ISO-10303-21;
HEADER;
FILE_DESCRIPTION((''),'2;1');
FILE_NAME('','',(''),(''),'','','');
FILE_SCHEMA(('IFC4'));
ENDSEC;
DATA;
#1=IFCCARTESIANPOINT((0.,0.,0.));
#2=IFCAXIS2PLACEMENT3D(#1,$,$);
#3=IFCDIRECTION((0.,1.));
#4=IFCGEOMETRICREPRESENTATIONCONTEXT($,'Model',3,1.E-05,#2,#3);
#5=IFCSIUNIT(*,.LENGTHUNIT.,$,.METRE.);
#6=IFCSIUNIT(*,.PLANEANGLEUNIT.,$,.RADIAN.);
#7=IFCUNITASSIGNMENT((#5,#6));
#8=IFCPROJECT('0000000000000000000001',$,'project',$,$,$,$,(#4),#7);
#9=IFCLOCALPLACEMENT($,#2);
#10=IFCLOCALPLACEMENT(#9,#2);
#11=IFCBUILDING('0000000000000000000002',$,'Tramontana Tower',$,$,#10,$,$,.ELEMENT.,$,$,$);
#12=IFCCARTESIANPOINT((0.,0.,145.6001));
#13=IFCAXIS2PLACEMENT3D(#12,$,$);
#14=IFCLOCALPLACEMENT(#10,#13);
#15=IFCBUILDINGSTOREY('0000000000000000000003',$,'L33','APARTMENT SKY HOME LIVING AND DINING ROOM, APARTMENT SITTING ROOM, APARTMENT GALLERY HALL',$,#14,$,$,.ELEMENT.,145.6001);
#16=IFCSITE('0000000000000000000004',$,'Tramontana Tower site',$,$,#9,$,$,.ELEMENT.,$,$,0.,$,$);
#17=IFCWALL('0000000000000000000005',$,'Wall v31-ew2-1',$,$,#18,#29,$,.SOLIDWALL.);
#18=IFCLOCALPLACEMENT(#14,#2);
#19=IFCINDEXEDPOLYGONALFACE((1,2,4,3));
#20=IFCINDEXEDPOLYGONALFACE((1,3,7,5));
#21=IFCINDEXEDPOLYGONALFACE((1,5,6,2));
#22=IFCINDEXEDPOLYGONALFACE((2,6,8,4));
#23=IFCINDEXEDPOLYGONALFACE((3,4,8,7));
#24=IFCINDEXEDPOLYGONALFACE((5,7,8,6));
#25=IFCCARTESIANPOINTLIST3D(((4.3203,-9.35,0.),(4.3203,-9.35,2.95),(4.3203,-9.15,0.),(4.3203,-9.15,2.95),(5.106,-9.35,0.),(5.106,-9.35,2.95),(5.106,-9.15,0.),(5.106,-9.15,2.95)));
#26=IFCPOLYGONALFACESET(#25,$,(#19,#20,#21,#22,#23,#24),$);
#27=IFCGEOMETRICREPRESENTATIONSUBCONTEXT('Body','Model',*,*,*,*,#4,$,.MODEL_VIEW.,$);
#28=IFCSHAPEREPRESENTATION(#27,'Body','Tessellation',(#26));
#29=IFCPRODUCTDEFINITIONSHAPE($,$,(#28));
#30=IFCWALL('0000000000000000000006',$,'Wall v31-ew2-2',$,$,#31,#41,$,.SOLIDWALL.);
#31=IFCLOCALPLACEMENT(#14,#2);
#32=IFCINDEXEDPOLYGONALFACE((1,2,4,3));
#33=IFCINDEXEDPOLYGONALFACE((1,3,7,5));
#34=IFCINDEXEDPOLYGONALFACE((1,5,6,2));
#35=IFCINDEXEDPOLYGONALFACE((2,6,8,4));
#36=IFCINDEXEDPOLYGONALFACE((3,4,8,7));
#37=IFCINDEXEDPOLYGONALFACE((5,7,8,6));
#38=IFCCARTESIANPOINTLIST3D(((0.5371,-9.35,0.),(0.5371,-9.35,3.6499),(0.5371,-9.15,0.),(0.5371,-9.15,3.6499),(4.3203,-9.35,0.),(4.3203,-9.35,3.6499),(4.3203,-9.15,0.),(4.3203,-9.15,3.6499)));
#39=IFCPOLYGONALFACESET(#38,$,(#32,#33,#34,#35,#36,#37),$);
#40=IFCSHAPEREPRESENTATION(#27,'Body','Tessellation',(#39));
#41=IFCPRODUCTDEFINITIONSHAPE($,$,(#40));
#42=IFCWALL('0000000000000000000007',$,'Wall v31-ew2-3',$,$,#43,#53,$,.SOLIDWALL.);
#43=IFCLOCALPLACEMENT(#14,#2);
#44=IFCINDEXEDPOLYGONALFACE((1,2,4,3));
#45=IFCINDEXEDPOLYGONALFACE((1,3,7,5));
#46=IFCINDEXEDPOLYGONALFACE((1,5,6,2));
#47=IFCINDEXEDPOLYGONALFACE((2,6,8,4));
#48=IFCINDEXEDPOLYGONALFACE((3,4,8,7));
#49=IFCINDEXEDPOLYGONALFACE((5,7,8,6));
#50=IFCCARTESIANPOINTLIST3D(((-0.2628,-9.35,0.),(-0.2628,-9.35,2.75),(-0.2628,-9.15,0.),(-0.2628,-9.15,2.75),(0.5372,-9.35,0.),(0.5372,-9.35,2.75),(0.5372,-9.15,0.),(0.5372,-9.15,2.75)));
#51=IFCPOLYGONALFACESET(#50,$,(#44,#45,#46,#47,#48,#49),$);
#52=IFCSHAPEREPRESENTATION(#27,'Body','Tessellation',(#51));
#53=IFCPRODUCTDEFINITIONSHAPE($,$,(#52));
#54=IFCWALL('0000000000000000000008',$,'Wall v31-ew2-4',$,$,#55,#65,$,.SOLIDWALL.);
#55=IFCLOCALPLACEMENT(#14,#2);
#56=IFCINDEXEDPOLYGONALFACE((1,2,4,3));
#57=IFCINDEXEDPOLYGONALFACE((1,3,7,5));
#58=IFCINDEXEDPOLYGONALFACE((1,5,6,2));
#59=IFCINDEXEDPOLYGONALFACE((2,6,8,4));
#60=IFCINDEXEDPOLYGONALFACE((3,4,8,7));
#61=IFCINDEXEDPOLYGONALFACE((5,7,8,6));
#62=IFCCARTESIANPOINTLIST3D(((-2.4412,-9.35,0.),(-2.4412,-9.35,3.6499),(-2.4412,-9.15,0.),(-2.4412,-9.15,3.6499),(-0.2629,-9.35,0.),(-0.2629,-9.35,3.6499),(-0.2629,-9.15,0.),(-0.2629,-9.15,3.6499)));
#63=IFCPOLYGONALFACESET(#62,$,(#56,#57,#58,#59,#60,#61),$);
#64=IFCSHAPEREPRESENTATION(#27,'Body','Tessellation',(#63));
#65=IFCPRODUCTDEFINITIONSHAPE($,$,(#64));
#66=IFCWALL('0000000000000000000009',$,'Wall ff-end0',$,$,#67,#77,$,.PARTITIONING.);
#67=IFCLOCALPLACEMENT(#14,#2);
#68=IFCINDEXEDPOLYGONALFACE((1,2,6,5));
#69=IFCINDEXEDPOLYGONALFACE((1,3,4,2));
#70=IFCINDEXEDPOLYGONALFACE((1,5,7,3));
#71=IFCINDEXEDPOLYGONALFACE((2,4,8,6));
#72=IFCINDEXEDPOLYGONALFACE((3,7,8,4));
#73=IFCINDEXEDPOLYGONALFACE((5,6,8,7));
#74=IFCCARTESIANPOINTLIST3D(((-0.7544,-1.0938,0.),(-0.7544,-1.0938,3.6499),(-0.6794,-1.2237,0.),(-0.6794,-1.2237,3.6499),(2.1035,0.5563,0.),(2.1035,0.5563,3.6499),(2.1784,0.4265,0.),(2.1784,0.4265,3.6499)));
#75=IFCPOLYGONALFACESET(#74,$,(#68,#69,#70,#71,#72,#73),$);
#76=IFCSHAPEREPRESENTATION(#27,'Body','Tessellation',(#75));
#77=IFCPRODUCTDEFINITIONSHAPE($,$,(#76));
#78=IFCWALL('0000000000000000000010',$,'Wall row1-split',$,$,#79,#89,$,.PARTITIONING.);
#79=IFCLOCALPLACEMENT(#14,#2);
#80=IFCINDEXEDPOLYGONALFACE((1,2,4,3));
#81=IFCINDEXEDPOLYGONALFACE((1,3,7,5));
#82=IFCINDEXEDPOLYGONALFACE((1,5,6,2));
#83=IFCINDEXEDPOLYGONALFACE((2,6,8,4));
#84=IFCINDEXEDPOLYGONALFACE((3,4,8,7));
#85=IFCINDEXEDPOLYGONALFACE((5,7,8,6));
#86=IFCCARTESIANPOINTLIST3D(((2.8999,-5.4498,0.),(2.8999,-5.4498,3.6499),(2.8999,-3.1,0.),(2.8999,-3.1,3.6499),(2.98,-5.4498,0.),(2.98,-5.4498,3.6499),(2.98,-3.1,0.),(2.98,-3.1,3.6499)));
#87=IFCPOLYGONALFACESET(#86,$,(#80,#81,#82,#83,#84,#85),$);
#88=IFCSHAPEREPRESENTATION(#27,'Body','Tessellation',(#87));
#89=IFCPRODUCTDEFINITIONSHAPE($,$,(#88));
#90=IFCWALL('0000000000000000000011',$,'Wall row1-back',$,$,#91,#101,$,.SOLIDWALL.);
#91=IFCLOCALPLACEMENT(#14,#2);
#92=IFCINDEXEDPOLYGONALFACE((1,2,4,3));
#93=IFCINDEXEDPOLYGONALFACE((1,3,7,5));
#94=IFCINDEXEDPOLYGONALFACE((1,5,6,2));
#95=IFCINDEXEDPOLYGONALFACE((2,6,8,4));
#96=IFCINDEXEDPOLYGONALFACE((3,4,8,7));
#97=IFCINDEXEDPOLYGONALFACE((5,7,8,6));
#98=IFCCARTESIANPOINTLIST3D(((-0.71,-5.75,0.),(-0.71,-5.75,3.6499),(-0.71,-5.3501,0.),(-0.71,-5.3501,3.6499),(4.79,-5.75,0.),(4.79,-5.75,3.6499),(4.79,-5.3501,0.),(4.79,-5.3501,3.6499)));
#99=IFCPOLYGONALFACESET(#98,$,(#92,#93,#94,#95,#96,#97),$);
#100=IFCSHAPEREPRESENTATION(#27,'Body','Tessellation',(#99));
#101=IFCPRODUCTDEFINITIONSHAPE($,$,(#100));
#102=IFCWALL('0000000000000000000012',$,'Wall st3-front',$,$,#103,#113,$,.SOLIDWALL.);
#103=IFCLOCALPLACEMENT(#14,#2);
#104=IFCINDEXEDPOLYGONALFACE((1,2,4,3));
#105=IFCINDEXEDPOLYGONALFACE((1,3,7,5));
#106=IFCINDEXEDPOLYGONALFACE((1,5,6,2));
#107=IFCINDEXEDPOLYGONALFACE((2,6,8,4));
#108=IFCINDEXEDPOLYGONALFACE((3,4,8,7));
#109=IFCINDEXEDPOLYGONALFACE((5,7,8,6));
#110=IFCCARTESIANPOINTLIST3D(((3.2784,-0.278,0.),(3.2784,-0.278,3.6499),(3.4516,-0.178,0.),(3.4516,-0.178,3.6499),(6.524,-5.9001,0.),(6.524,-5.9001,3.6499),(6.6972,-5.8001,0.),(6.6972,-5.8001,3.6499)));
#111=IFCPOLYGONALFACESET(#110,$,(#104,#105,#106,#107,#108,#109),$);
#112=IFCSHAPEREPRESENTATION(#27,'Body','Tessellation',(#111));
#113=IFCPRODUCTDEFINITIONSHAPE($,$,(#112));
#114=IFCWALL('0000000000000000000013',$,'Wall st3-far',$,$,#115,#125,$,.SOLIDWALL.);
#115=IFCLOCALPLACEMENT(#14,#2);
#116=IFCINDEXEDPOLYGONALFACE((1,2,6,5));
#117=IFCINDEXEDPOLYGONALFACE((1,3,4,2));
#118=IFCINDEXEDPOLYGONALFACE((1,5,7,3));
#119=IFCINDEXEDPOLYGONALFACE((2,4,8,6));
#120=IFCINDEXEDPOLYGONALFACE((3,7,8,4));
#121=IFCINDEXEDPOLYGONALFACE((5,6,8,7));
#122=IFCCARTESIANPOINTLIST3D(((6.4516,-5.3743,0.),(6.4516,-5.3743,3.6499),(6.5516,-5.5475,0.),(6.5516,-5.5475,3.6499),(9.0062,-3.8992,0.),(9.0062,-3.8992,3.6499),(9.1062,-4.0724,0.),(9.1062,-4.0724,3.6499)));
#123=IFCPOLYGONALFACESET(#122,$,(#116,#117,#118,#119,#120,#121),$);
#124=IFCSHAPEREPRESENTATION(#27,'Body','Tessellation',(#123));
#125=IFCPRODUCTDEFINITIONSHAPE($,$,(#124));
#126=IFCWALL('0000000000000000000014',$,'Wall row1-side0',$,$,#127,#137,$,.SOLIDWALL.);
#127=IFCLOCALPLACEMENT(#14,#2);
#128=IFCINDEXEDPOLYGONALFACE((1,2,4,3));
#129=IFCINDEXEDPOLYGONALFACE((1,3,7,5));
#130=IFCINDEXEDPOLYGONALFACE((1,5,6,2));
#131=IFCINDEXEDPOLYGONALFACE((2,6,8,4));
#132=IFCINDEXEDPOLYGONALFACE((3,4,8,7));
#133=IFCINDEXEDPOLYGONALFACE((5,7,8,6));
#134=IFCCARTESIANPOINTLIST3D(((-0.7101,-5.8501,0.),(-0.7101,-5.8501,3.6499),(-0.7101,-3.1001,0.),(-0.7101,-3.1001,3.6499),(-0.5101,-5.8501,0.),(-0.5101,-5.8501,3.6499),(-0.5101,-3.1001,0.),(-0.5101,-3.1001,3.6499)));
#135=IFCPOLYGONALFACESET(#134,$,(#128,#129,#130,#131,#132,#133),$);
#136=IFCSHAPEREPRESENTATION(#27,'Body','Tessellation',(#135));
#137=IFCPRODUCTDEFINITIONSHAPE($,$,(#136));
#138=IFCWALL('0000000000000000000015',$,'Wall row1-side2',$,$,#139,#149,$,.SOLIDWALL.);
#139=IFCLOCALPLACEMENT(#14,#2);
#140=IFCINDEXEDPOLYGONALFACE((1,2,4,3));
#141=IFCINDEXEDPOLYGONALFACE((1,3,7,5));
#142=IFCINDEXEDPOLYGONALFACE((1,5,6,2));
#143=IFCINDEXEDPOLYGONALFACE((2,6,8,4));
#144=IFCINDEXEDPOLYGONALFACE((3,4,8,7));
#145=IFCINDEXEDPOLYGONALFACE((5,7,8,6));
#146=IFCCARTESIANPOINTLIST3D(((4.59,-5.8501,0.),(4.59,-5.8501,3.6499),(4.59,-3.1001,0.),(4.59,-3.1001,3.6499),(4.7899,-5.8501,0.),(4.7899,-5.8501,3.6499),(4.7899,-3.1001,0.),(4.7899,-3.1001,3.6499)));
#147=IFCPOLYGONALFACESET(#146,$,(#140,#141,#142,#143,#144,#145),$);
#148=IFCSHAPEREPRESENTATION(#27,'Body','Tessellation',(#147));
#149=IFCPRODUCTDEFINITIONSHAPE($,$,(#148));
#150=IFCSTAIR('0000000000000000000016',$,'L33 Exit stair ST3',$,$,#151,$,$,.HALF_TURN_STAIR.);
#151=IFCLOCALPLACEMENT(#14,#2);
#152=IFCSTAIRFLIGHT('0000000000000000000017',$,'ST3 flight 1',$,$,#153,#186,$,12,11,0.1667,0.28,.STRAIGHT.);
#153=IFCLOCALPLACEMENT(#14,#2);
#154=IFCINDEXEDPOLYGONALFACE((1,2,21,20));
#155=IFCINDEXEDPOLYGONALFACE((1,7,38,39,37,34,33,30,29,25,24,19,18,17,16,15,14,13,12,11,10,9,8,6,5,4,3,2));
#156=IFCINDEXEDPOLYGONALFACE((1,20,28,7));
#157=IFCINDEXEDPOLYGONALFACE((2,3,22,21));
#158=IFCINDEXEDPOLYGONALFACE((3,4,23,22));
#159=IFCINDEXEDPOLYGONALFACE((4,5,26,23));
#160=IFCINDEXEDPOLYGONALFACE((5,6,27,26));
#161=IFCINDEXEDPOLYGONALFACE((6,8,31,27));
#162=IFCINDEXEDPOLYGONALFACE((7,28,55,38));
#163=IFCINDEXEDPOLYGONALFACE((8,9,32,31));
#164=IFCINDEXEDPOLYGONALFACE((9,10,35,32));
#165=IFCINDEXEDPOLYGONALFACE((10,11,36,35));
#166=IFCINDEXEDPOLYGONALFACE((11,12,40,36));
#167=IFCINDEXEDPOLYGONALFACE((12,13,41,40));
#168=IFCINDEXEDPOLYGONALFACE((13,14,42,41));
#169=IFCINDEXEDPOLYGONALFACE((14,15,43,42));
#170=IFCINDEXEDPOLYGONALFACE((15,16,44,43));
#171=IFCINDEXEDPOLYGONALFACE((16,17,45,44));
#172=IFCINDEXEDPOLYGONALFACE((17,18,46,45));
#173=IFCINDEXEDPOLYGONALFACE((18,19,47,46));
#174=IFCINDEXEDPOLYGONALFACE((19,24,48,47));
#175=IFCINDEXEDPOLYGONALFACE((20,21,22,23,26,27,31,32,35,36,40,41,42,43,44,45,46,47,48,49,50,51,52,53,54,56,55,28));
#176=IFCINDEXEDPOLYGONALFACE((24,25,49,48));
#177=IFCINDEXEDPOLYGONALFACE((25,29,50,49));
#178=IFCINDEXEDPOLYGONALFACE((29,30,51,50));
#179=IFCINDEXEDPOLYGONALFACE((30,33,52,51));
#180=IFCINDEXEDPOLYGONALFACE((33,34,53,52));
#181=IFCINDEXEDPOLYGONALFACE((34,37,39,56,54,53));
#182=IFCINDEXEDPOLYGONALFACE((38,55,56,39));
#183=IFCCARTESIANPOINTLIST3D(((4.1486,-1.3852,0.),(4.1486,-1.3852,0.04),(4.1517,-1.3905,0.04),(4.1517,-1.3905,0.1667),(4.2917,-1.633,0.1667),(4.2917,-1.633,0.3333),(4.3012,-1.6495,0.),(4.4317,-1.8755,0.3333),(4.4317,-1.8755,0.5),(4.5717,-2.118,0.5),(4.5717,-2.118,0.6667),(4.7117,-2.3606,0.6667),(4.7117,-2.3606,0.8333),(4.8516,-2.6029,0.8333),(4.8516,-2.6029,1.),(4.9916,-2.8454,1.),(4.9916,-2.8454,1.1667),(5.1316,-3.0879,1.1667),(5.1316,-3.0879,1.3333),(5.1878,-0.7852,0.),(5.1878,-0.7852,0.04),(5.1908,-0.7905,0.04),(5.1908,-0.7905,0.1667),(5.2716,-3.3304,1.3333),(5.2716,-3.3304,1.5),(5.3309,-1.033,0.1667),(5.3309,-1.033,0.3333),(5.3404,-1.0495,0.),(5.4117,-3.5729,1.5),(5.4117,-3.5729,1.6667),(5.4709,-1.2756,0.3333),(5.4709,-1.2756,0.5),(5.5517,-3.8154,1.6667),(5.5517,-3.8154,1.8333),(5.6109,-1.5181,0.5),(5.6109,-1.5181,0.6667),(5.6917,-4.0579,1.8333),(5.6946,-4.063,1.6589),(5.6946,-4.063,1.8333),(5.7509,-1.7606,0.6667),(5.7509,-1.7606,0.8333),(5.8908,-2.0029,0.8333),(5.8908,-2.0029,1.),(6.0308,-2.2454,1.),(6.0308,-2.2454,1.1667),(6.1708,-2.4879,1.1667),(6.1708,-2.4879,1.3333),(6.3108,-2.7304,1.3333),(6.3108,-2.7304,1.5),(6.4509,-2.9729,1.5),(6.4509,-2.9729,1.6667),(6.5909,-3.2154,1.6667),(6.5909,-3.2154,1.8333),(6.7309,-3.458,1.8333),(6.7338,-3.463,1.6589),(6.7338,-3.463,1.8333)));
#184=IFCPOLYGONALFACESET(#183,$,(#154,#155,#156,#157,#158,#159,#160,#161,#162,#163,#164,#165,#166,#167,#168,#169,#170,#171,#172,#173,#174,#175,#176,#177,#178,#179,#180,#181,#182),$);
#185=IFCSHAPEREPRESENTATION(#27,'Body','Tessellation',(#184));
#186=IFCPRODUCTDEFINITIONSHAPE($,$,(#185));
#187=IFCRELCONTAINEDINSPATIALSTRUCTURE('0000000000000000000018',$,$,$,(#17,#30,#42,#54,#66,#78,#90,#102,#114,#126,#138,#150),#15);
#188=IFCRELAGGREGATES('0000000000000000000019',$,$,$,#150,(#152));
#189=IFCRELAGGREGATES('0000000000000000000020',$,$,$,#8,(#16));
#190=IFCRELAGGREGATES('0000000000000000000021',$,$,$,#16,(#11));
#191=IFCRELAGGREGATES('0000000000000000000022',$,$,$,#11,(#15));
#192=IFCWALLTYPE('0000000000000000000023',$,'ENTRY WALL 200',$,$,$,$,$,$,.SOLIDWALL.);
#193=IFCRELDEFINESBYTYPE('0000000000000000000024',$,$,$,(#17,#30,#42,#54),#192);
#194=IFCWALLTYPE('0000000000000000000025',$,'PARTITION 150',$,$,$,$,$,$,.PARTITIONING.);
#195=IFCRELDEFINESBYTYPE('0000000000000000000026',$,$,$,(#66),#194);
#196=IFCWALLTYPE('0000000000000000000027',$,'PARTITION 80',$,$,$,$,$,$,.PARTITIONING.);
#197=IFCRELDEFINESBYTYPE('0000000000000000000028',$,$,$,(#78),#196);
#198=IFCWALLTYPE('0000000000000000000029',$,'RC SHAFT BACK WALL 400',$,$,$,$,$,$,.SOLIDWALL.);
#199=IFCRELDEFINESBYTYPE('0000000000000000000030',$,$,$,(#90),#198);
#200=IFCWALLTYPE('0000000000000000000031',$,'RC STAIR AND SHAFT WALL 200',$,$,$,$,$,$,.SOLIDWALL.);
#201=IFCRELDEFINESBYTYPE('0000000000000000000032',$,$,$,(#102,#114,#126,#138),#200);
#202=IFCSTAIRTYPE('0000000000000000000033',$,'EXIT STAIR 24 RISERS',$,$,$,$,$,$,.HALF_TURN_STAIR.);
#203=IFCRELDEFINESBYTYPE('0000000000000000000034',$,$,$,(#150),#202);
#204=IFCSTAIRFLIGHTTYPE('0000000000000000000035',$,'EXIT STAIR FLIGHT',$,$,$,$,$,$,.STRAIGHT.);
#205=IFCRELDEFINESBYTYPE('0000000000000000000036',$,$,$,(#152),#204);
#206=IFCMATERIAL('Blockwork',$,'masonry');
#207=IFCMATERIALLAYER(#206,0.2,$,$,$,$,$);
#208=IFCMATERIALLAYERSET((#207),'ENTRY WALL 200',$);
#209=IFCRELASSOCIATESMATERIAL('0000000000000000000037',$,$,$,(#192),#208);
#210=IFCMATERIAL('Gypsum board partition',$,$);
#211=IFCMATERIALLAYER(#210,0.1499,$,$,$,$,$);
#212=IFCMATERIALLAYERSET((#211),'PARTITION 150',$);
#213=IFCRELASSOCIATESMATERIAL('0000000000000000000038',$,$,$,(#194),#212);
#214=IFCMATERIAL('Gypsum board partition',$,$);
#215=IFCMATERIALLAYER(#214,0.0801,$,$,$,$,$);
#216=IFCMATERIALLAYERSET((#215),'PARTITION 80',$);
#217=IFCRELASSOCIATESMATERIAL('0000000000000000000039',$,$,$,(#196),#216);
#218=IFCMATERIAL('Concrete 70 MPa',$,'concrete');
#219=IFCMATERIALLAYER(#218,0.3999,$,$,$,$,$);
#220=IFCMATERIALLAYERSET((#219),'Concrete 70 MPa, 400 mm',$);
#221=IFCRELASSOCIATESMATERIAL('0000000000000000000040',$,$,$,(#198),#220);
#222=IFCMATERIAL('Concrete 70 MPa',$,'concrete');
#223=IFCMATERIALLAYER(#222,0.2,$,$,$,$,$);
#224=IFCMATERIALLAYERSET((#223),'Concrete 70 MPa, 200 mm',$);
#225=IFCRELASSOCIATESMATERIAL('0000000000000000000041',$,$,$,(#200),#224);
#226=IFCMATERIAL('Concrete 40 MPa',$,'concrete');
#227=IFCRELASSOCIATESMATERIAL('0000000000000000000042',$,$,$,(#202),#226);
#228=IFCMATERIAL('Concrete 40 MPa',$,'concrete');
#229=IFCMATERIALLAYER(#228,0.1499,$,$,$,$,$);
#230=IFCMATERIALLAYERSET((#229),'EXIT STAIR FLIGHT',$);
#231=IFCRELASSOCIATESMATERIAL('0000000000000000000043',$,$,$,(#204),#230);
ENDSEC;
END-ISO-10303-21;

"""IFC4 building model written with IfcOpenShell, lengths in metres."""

from ifc_helpers import new_model, si_unit, direction, frame, frame_2d, origin, place, context, subcontext, project, spatial, polyline, rectangle, outline, extrude, material, layer, layer_set, type_object, element, aggregate, save


model = new_model("IFC4")

# Units and contexts
model_context = context("Model", 3, precision=1e-05, world=origin(), true_north=direction((0.0, 1.0)))
body_context = subcontext(model_context, "Body", "Model", "MODEL_VIEW")
ifc_project = project(units=[si_unit("LENGTHUNIT", "METRE"), si_unit("PLANEANGLEUNIT", "RADIAN")], contexts=[model_context])

# Site, building, storey
site_placement = place(None, origin())
site = spatial("IfcSite", under=ifc_project, at=site_placement, Name="Tramontana Tower site", CompositionType="ELEMENT", RefElevation=0.0)
building_placement = place(site_placement, origin())
building = spatial("IfcBuilding", under=site, at=building_placement, Name="Tramontana Tower", CompositionType="ELEMENT")
storey_placement = place(building_placement, frame((0.0, 0.0, 145.6001)))
storey = spatial("IfcBuildingStorey", under=building, at=storey_placement, Name="L33", Description="APARTMENT SKY HOME LIVING AND DINING ROOM, APARTMENT SITTING ROOM, APARTMENT GALLERY HALL", CompositionType="ELEMENT", Elevation=145.6001)

# Walls
ifc_material_1 = material(Name="Blockwork", Category="masonry")
ifc_layer_1 = layer(ifc_material_1, 0.2)
ifc_layer_set_1 = layer_set([ifc_layer_1], Name="ENTRY WALL 200")
wall_type_1 = type_object("IfcWallType", Name="ENTRY WALL 200", PredefinedType="SOLIDWALL", material=ifc_layer_set_1)
wall_1_placement = place(storey_placement, frame((5.106, -9.25, 0.0), z_axis=(0.0, 0.0, 1.0), x_axis=(-1.0, 0.0, 0.0)))
element("IfcWall", 1, at=wall_1_placement, inside=storey, type_object=wall_type_1, Name="Wall v31-ew2-1", PredefinedType="SOLIDWALL", context=body_context, shape_type="SweptSolid", body=[
    extrude(rectangle(XDim=0.7856, YDim=0.2, at=frame_2d((0.3928, 0.0))), origin(), (0.0, 0.0, 1.0), 2.95),
])
wall_2_placement = place(storey_placement, frame((4.3203, -9.25, 0.0), z_axis=(0.0, 0.0, 1.0), x_axis=(-1.0, 0.0, 0.0)))
element("IfcWall", 2, at=wall_2_placement, inside=storey, type_object=wall_type_1, Name="Wall v31-ew2-2", PredefinedType="SOLIDWALL", context=body_context, shape_type="SweptSolid", body=[
    extrude(rectangle(XDim=3.7832, YDim=0.2, at=frame_2d((1.8916, 0.0))), origin(), (0.0, 0.0, 1.0), 3.6499),
])
wall_3_placement = place(storey_placement, frame((0.5371, -9.25, 0.0), z_axis=(0.0, 0.0, 1.0), x_axis=(-1.0, 0.0, 0.0)))
element("IfcWall", 3, at=wall_3_placement, inside=storey, type_object=wall_type_1, Name="Wall v31-ew2-3", PredefinedType="SOLIDWALL", context=body_context, shape_type="SweptSolid", body=[
    extrude(rectangle(XDim=0.8, YDim=0.2, at=frame_2d((0.3999, 0.0))), origin(), (0.0, 0.0, 1.0), 2.75),
])
wall_4_placement = place(storey_placement, frame((-0.2629, -9.25, 0.0), z_axis=(0.0, 0.0, 1.0), x_axis=(-1.0, 0.0, 0.0)))
element("IfcWall", 4, at=wall_4_placement, inside=storey, type_object=wall_type_1, Name="Wall v31-ew2-4", PredefinedType="SOLIDWALL", context=body_context, shape_type="SweptSolid", body=[
    extrude(rectangle(XDim=2.1782, YDim=0.2, at=frame_2d((1.0891, 0.0))), origin(), (0.0, 0.0, 1.0), 3.6499),
])

# Shared definitions
ifc_material_2 = material(Name="Gypsum board partition")
ifc_layer_2 = layer(ifc_material_2, 0.1499)
ifc_layer_set_2 = layer_set([ifc_layer_2], Name="PARTITION 150")
wall_type_2 = type_object("IfcWallType", Name="PARTITION 150", PredefinedType="PARTITIONING", material=ifc_layer_set_2)

# Walls
wall_5_placement = place(storey_placement, frame((-0.7168, -1.1587, 0.0), z_axis=(0.0, 0.0, 1.0), x_axis=(0.866008, 0.50003, 0.0)))
element("IfcWall", 5, at=wall_5_placement, inside=storey, type_object=wall_type_2, Name="Wall ff-end0", PredefinedType="PARTITIONING", context=body_context, shape_type="SweptSolid", body=[
    extrude(rectangle(XDim=3.3, YDim=0.1499, at=frame_2d((1.6499, 0.0))), origin(), (0.0, 0.0, 1.0), 3.6499),
])
ifc_material_3 = material(Name="Gypsum board partition")
ifc_layer_3 = layer(ifc_material_3, 0.0801)
ifc_layer_set_3 = layer_set([ifc_layer_3], Name="PARTITION 80")
wall_type_3 = type_object("IfcWallType", Name="PARTITION 80", PredefinedType="PARTITIONING", material=ifc_layer_set_3)
wall_6_placement = place(storey_placement, frame((2.9399, -3.1001, 0.0), z_axis=(0.0, 0.0, 1.0), x_axis=(0.0, -1.0, 0.0)))
element("IfcWall", 6, at=wall_6_placement, inside=storey, type_object=wall_type_3, Name="Wall row1-split", PredefinedType="PARTITIONING", context=body_context, shape_type="SweptSolid", body=[
    extrude(rectangle(XDim=2.3499, YDim=0.0801, at=frame_2d((1.1748, 0.0))), origin(), (0.0, 0.0, 1.0), 3.6499),
])
ifc_material_4 = material(Name="Concrete 70 MPa", Category="concrete")
ifc_layer_4 = layer(ifc_material_4, 0.3999)
ifc_layer_set_4 = layer_set([ifc_layer_4], Name="Concrete 70 MPa, 400 mm")
wall_type_4 = type_object("IfcWallType", Name="RC SHAFT BACK WALL 400", PredefinedType="SOLIDWALL", material=ifc_layer_set_4)
wall_7_placement = place(storey_placement, frame((-0.71, -5.55, 0.0), z_axis=(0.0, 0.0, 1.0), x_axis=(1.0, 0.0, 0.0)))
element("IfcWall", 7, at=wall_7_placement, inside=storey, type_object=wall_type_4, Name="Wall row1-back", PredefinedType="SOLIDWALL", context=body_context, shape_type="SweptSolid", body=[
    extrude(rectangle(XDim=5.5, YDim=0.3999, at=frame_2d((2.75, 0.0))), origin(), (0.0, 0.0, 1.0), 3.6499),
])

# Shared definitions
ifc_material_5 = material(Name="Concrete 70 MPa", Category="concrete")
ifc_layer_5 = layer(ifc_material_5, 0.2)
ifc_layer_set_5 = layer_set([ifc_layer_5], Name="Concrete 70 MPa, 200 mm")
wall_type_5 = type_object("IfcWallType", Name="RC STAIR AND SHAFT WALL 200", PredefinedType="SOLIDWALL", material=ifc_layer_set_5)

# Walls
wall_8_placement = place(storey_placement, frame((6.6106, -5.8501, 0.0), z_axis=(0.0, 0.0, 1.0), x_axis=(-0.499966, 0.866045, 0.0)))
element("IfcWall", 8, at=wall_8_placement, inside=storey, type_object=wall_type_5, Name="Wall st3-front", PredefinedType="SOLIDWALL", context=body_context, shape_type="SweptSolid", body=[
    extrude(rectangle(XDim=6.4917, YDim=0.2, at=frame_2d((3.2458, 0.0))), origin(), (0.0, 0.0, 1.0), 3.6499),
])
wall_9_placement = place(storey_placement, frame((6.5015, -5.4609, 0.0), z_axis=(0.0, 0.0, 1.0), x_axis=(0.866004, 0.500038, 0.0)))
element("IfcWall", 9, at=wall_9_placement, inside=storey, type_object=wall_type_5, Name="Wall st3-far", PredefinedType="SOLIDWALL", context=body_context, shape_type="SweptSolid", body=[
    extrude(rectangle(XDim=2.95, YDim=0.2, at=frame_2d((1.4751, 0.0))), origin(), (0.0, 0.0, 1.0), 3.6499),
])

# Walls
for number, where, z_axis, x_axis, name in (
    (10, (-0.6101, -3.1001, 0.0), (0.0, 0.0, 1.0), (0.0, -1.0, 0.0), "Wall row1-side0"),
    (11, (4.6899, -3.1001, 0.0), (0.0, 0.0, 1.0), (0.0, -1.0, 0.0), "Wall row1-side2"),
):
    element("IfcWall", number, at=place(storey_placement, frame(where, z_axis=z_axis, x_axis=x_axis)), inside=storey, type_object=wall_type_5, Name=name, PredefinedType="SOLIDWALL", context=body_context, shape_type="SweptSolid", body=[
        extrude(rectangle(XDim=2.75, YDim=0.2, at=frame_2d((1.375, 0.0))), origin(), (0.0, 0.0, 1.0), 3.6499),
    ])

# Stair, stair flight
ifc_material_6 = material(Name="Concrete 40 MPa", Category="concrete")
stair_type = type_object("IfcStairType", Name="EXIT STAIR 24 RISERS", PredefinedType="HALF_TURN_STAIR", material=ifc_material_6)
stair_placement = place(storey_placement, origin())
stair = element("IfcStair", 12, at=stair_placement, inside=storey, type_object=stair_type, Name="L33 Exit stair ST3", PredefinedType="HALF_TURN_STAIR")
ifc_material_7 = material(Name="Concrete 40 MPa", Category="concrete")
ifc_layer_6 = layer(ifc_material_7, 0.1499)
ifc_layer_set_6 = layer_set([ifc_layer_6], Name="EXIT STAIR FLIGHT")
stair_flight_type = type_object("IfcStairFlightType", Name="EXIT STAIR FLIGHT", PredefinedType="STRAIGHT", material=ifc_layer_set_6)
stair_flight_1_placement = place(storey_placement, frame((4.6711, -1.0906, 0.0), z_axis=(0.0, 0.0, 1.0), x_axis=(0.5, -0.866025, 0.0)))
stair_flight_1 = element("IfcStairFlight", 13, at=stair_flight_1_placement, type_object=stair_flight_type, Name="ST3 flight 1", NumberOfRisers=12, NumberOfTreads=11, PredefinedType="STRAIGHT", RiserHeight=0.1667, TreadLength=0.28, context=body_context, shape_type="SweptSolid", body=[
    extrude(outline(polyline([(-0.0061, 0.0), (-0.0061, 0.04), (0.0, 0.04), (0.0, 0.1667), (0.28, 0.1667), (0.28, 0.3333), (0.5601, 0.3333), (0.5601, 0.5), (0.8401, 0.5), (0.8401, 0.6667), (1.1201, 0.6667), (1.1201, 0.8333), (1.3999, 0.8333), (1.3999, 1.0), (1.6799, 1.0), (1.6799, 1.1667), (1.96, 1.1667), (1.96, 1.3333), (2.24, 1.3333), (2.24, 1.5), (2.52, 1.5), (2.52, 1.6667), (2.8, 1.6667), (2.8, 1.8333), (3.0801, 1.8333), (3.0859, 1.8333), (3.0859, 1.6589), (0.2991, 0.0), (-0.0061, 0.0)])), frame((0.0, 0.6001, 0.0), z_axis=(0.0, -1.0, 0.0), x_axis=(1.0, 0.0, 0.0)), (0.0, 0.0, 1.0), 1.2),
])
aggregate(stair, [stair_flight_1])

save(model, "model.ifc")
